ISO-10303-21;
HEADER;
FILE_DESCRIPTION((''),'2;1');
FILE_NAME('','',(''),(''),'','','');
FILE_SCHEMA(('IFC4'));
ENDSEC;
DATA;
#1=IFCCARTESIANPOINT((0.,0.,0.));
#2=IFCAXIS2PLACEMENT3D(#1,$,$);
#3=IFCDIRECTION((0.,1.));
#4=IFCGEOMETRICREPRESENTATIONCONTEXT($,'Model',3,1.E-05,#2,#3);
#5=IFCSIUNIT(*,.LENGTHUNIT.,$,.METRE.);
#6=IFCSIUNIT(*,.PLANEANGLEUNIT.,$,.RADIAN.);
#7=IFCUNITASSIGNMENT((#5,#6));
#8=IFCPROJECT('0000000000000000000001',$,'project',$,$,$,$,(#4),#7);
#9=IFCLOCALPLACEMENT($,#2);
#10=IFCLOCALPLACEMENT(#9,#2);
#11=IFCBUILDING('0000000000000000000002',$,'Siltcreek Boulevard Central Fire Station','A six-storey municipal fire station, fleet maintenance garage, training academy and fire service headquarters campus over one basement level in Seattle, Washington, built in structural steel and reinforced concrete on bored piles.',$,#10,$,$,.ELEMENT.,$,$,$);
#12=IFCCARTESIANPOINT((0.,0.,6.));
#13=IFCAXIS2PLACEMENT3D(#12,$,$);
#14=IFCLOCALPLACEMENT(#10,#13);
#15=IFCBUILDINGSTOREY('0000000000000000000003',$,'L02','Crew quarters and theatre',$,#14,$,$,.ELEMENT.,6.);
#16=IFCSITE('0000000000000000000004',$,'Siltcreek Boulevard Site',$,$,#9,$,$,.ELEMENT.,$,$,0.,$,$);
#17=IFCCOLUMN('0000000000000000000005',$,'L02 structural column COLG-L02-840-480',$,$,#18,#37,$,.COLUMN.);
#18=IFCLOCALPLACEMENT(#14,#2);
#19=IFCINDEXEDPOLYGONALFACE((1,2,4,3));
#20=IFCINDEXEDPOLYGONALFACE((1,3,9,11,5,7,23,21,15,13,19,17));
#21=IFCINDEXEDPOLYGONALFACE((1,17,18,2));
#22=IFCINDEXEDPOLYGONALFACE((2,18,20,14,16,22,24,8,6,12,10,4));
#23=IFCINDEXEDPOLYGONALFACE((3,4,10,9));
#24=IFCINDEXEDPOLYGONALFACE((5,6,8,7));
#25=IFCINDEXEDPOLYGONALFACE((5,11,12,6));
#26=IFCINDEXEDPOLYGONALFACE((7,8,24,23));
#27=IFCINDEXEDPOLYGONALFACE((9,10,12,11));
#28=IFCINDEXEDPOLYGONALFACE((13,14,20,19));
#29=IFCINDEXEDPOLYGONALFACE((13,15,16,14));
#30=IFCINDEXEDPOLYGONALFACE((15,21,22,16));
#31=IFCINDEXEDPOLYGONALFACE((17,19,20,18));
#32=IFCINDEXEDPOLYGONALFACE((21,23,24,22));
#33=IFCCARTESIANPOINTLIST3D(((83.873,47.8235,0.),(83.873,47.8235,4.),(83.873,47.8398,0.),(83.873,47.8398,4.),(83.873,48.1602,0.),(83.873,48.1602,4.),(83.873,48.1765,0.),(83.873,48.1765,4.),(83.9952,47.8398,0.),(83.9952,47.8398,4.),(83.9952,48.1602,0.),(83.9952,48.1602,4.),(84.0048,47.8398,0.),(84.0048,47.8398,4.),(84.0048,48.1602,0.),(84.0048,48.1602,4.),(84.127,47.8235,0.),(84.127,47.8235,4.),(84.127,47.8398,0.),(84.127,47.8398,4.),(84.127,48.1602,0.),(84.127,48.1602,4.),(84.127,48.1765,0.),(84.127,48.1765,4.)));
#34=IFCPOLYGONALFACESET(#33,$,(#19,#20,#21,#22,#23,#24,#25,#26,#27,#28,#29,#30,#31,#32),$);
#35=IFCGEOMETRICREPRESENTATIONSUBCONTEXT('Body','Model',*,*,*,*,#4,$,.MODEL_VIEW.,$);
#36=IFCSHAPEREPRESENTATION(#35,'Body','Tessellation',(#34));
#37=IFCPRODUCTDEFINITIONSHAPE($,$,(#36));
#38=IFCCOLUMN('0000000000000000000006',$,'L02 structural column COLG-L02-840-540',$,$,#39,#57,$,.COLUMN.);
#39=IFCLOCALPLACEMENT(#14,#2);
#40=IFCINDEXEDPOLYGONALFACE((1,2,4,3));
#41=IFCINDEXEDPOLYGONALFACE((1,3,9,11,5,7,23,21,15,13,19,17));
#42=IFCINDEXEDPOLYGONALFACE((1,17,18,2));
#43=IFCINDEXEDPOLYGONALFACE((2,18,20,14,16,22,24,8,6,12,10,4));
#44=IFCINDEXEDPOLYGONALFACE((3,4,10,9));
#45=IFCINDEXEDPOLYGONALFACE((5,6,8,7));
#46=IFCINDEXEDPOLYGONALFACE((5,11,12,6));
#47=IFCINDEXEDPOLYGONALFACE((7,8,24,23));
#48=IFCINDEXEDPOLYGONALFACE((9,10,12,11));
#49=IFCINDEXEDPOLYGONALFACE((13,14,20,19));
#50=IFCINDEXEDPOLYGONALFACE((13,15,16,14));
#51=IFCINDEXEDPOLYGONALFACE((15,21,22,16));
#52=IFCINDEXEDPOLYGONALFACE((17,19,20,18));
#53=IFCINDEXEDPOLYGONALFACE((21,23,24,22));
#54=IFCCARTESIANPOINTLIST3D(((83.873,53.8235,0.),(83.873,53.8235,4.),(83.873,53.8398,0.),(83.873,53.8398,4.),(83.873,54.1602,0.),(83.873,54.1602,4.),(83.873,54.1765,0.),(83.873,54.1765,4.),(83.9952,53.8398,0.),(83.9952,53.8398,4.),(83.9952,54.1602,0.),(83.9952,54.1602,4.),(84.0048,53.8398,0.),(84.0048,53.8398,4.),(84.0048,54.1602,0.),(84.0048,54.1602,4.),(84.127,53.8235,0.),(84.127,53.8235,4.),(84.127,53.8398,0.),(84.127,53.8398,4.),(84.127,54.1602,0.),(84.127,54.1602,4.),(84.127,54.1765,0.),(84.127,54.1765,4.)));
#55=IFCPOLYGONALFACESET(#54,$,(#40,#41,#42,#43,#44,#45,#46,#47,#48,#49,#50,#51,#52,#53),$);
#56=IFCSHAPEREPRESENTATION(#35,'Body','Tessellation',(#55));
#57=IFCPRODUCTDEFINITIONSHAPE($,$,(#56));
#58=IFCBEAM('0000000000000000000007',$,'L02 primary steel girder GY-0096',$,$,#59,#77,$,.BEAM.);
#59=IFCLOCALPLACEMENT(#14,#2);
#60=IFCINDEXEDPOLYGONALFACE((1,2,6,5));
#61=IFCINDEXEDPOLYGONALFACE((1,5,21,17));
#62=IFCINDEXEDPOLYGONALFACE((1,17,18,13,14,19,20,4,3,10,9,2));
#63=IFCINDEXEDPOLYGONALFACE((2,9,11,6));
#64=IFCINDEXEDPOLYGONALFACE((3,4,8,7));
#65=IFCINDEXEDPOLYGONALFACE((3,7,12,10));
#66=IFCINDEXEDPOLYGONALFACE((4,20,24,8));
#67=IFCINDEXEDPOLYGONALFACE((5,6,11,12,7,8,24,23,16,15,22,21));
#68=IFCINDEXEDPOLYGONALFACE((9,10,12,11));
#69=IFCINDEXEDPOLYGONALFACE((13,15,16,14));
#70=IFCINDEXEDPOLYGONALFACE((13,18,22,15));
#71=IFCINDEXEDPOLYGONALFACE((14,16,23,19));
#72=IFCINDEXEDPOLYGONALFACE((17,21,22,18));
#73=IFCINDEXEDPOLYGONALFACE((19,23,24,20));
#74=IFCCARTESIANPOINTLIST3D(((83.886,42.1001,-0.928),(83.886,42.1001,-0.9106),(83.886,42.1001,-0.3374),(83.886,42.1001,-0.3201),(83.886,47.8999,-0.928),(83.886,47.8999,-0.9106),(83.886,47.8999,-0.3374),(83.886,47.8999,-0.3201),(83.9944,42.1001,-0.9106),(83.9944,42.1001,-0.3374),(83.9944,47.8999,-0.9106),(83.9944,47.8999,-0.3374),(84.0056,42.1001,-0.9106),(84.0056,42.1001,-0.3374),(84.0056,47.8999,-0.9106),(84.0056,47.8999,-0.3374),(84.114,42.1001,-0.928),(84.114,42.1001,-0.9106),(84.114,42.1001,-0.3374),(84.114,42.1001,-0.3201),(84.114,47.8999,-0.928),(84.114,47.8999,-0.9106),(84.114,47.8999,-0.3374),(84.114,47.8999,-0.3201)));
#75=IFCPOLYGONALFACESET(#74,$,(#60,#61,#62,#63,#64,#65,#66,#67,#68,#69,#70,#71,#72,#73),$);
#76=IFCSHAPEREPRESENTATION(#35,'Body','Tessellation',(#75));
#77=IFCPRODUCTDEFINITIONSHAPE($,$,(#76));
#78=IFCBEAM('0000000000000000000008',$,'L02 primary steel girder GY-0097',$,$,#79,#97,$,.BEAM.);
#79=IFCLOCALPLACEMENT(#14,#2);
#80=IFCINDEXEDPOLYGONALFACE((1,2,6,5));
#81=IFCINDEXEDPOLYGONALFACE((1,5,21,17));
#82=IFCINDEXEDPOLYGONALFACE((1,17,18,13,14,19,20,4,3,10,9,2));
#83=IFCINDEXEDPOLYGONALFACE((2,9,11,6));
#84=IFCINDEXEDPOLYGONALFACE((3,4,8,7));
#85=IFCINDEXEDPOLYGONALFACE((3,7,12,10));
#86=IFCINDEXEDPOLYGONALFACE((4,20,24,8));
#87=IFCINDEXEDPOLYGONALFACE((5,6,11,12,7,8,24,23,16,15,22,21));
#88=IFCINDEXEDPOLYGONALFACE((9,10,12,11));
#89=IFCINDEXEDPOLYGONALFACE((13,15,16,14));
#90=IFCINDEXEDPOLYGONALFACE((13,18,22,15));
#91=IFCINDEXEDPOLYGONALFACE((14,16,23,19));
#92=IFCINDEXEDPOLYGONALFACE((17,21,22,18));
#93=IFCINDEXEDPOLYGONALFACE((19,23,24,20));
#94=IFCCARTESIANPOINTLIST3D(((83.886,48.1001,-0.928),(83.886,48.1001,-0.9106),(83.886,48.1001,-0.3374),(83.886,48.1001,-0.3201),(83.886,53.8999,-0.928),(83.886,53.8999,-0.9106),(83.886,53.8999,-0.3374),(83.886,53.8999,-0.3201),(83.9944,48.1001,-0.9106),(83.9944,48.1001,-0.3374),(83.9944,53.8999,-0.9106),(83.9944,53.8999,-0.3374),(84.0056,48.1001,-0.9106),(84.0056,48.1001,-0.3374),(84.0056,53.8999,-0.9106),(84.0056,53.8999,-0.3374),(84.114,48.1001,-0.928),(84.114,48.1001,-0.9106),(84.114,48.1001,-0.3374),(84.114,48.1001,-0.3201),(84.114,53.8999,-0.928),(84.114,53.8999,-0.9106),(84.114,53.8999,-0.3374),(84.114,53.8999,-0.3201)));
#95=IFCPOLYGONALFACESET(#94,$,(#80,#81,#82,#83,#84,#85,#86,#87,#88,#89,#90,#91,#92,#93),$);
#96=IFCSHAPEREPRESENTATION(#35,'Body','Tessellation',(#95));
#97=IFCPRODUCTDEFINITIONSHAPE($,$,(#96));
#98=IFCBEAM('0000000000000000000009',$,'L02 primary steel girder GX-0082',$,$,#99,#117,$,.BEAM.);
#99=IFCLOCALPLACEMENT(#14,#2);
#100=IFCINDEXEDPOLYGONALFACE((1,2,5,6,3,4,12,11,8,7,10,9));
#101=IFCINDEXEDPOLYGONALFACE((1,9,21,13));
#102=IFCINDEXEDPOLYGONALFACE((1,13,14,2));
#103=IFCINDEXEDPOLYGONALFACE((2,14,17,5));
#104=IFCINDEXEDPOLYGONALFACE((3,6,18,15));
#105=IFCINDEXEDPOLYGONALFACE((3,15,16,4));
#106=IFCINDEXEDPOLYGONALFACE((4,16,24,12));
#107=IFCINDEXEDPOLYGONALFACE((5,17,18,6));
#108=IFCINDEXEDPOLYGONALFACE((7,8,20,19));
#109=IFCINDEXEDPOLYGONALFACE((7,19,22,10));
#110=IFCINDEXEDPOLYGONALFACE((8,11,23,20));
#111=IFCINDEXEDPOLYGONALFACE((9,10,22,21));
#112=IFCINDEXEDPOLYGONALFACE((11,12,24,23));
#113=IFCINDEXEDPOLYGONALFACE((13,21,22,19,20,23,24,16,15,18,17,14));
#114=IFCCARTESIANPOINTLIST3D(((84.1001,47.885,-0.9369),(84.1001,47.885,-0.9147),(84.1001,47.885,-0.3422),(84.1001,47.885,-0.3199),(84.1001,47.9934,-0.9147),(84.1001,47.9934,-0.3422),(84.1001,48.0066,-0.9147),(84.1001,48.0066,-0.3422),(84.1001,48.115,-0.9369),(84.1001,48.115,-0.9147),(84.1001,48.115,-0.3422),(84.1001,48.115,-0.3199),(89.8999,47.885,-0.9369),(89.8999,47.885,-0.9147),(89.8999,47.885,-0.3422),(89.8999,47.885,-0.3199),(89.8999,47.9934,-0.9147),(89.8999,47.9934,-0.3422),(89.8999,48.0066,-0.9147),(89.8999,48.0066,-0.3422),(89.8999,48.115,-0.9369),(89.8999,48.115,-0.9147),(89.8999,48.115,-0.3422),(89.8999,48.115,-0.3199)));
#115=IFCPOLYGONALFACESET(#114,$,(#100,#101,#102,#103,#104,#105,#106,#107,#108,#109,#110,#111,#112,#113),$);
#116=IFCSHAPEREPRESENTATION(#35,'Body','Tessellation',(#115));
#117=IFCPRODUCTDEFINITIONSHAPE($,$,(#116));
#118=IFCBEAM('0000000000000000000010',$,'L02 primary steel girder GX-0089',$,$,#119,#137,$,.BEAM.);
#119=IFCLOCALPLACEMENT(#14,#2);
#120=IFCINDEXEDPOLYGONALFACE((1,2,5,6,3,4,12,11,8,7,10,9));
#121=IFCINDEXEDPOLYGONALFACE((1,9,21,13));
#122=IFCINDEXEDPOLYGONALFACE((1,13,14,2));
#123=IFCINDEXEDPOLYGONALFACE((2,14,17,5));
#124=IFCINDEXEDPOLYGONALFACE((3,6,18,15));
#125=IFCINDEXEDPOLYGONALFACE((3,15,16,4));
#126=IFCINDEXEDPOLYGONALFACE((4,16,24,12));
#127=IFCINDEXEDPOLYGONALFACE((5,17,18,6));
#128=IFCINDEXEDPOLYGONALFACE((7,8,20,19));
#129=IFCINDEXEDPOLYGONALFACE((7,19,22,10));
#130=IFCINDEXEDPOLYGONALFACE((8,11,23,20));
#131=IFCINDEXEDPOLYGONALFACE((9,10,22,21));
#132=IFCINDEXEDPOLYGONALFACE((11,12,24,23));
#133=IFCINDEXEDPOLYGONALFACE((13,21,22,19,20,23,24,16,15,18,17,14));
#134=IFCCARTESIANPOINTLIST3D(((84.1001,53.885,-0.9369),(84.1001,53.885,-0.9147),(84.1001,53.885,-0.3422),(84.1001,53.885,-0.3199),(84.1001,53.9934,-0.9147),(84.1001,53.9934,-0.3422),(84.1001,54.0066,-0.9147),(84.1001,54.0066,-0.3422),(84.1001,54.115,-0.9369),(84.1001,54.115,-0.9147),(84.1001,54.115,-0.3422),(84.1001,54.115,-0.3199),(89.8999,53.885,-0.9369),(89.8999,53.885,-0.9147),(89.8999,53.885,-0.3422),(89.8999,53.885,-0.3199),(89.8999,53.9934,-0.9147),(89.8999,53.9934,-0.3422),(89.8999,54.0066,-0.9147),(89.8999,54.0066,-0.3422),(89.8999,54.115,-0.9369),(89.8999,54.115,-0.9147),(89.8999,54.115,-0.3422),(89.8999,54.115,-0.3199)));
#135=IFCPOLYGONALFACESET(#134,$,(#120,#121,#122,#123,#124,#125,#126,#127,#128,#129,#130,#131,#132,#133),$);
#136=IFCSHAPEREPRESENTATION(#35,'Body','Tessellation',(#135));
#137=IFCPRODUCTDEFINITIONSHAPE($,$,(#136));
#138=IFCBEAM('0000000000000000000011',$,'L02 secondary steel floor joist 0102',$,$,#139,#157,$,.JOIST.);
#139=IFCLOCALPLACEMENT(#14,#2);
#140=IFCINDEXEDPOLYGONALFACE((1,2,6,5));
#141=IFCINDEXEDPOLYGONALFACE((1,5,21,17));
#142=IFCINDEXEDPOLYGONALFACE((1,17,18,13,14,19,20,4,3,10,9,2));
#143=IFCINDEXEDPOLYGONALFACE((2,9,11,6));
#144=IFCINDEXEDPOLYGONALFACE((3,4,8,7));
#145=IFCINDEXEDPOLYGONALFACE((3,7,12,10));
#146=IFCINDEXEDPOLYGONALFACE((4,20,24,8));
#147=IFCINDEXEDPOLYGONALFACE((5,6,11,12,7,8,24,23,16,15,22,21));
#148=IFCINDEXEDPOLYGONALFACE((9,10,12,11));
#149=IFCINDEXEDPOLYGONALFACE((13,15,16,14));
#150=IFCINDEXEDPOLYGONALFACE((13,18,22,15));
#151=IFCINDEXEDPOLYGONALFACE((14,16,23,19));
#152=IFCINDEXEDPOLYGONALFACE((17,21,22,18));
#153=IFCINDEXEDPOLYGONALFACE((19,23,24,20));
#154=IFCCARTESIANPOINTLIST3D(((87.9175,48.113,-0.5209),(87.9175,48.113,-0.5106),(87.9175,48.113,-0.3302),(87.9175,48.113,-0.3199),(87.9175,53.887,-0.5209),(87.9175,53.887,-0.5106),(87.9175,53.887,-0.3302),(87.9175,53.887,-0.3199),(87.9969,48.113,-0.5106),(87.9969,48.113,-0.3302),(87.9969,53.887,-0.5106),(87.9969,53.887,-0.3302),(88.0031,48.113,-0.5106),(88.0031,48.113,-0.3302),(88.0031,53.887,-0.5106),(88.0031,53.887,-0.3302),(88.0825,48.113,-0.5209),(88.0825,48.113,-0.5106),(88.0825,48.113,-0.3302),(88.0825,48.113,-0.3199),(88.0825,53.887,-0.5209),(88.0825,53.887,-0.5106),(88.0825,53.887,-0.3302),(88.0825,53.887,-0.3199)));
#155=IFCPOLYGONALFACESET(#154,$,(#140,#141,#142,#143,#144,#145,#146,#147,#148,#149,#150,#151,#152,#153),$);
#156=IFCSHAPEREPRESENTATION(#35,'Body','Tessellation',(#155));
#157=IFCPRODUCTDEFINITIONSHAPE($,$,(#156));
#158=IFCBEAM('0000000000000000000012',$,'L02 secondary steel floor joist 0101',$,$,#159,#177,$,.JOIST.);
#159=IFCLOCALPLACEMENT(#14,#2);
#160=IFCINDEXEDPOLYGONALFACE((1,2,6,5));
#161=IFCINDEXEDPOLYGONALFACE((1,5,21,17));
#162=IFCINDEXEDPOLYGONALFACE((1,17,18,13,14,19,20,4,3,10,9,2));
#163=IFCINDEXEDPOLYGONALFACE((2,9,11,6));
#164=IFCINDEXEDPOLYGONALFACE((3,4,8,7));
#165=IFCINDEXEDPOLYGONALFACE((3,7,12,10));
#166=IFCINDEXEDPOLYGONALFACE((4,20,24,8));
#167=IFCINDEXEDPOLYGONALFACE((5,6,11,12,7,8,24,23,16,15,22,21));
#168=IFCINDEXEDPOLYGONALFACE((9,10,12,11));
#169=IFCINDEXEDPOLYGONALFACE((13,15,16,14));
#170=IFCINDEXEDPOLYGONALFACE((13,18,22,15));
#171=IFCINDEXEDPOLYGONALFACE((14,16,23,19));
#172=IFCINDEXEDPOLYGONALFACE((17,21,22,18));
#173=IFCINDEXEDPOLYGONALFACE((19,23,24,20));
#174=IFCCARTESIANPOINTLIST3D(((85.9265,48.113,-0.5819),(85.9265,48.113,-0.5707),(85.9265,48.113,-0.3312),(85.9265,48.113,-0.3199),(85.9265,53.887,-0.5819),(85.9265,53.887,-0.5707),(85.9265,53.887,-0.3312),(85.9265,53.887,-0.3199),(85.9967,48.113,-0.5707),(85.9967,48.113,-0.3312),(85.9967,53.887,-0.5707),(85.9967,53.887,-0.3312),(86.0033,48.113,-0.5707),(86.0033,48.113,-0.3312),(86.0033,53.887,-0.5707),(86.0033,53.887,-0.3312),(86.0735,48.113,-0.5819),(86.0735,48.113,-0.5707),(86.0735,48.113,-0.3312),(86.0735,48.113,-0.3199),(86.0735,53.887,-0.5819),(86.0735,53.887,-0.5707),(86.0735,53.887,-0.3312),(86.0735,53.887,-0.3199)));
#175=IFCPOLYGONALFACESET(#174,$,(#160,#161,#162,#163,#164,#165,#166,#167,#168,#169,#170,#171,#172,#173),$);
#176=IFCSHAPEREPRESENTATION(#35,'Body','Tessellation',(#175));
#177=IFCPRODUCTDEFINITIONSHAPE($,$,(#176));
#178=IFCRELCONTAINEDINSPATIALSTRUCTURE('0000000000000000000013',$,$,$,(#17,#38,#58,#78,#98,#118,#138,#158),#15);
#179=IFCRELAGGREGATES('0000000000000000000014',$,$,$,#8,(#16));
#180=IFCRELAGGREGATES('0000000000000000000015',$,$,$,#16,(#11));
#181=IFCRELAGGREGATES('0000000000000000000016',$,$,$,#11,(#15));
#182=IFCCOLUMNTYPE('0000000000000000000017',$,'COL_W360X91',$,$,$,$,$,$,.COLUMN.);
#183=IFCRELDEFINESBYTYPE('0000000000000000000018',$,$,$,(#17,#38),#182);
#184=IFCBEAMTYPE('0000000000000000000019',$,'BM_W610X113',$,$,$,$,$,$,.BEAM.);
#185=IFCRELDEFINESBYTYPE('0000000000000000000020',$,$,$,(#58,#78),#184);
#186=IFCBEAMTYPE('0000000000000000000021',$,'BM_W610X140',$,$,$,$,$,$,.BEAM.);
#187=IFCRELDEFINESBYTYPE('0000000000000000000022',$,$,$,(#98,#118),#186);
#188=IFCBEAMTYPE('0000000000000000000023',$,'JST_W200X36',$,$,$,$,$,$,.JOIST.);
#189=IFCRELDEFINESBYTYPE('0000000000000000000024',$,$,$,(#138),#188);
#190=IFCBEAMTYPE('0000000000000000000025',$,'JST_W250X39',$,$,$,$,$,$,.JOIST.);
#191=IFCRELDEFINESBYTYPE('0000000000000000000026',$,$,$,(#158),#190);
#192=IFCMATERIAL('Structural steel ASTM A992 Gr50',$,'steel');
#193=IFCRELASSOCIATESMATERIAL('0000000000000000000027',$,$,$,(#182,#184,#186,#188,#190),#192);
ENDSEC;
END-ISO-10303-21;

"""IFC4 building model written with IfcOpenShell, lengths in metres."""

from ifc_helpers import new_model, si_unit, direction, frame, origin, origin_2d, place, context, subcontext, project, spatial, i_section, extrude, material, material_profile, profile_set, type_object, element, save


model = new_model("IFC4")

# Units and contexts
model_context = context("Model", 3, precision=1e-05, world=origin(), true_north=direction((0.0, 1.0)))
body_context = subcontext(model_context, "Body", "Model", "MODEL_VIEW")
ifc_project = project(units=[si_unit("LENGTHUNIT", "METRE"), si_unit("PLANEANGLEUNIT", "RADIAN")], contexts=[model_context])

# Site, building, storey
site_placement = place(None, origin())
site = spatial("IfcSite", under=ifc_project, at=site_placement, Name="Siltcreek Boulevard Site", CompositionType="ELEMENT", RefElevation=0.0)
building_placement = place(site_placement, origin())
building = spatial("IfcBuilding", under=site, at=building_placement, Name="Siltcreek Boulevard Central Fire Station", Description="A six-storey municipal fire station, fleet maintenance garage, training academy and fire service headquarters campus over one basement level in Seattle, Washington, built in structural steel and reinforced concrete on bored piles.", CompositionType="ELEMENT")
storey_placement = place(building_placement, frame((0.0, 0.0, 6.0)))
storey = spatial("IfcBuildingStorey", under=building, at=storey_placement, Name="L02", Description="Crew quarters and theatre", CompositionType="ELEMENT", Elevation=6.0)

# Columns
ifc_material_1 = material(Name="Structural steel ASTM A992 Gr50", Category="steel")
ifc_material_profile_1 = material_profile(ifc_material_1, i_section(OverallWidth=0.2539, OverallDepth=0.353, WebThickness=0.0095, FlangeThickness=0.0164, at=origin_2d()), Name="W360X91")
ifc_profile_set_1 = profile_set([ifc_material_profile_1], Name="Structural steel ASTM A992 Gr50")
column_type = type_object("IfcColumnType", Name="COL_W360X91", PredefinedType="COLUMN", material=ifc_profile_set_1)
for number, where, z_axis, x_axis, name in (
    (1, (84.0, 48.0, 0.0), (0.0, 0.0, 1.0), (1.0, 0.0, 0.0), "L02 structural column COLG-L02-840-480"),
    (2, (84.0, 54.0, 0.0), (0.0, 0.0, 1.0), (1.0, 0.0, 0.0), "L02 structural column COLG-L02-840-540"),
):
    element("IfcColumn", number, at=place(storey_placement, frame(where, z_axis=z_axis, x_axis=x_axis)), inside=storey, type_object=column_type, Name=name, PredefinedType="COLUMN", context=body_context, shape_type="SweptSolid", body=[
        extrude(i_section(OverallWidth=0.2539, OverallDepth=0.353, WebThickness=0.0095, FlangeThickness=0.0164, at=origin_2d()), origin(), (0.0, 0.0, 1.0), 4.0),
    ])

# Beams
ifc_material_profile_2 = material_profile(ifc_material_1, i_section(OverallWidth=0.228, OverallDepth=0.6079, WebThickness=0.0112, FlangeThickness=0.0173, at=origin_2d()), Name="W610X113")
ifc_profile_set_2 = profile_set([ifc_material_profile_2], Name="Structural steel ASTM A992 Gr50")
beam_type_1 = type_object("IfcBeamType", Name="BM_W610X113", PredefinedType="BEAM", material=ifc_profile_set_2)
for number, where, z_axis, x_axis, name in (
    (3, (84.0, 42.1001, -0.624), (0.0, 1.0, 0.0), (-1.0, 0.0, 0.0), "L02 primary steel girder GY-0096"),
    (4, (84.0, 48.1001, -0.624), (0.0, 1.0, 0.0), (-1.0, 0.0, 0.0), "L02 primary steel girder GY-0097"),
):
    element("IfcBeam", number, at=place(storey_placement, frame(where, z_axis=z_axis, x_axis=x_axis)), inside=storey, type_object=beam_type_1, Name=name, PredefinedType="BEAM", context=body_context, shape_type="SweptSolid", body=[
        extrude(i_section(OverallWidth=0.228, OverallDepth=0.6079, WebThickness=0.0112, FlangeThickness=0.0173, at=origin_2d()), origin(), (0.0, 0.0, 1.0), 5.7998),
    ])
ifc_material_profile_3 = material_profile(ifc_material_1, i_section(OverallWidth=0.23, OverallDepth=0.6169, WebThickness=0.0132, FlangeThickness=0.0222, at=origin_2d()), Name="W610X140")
ifc_profile_set_3 = profile_set([ifc_material_profile_3], Name="Structural steel ASTM A992 Gr50")
beam_type_2 = type_object("IfcBeamType", Name="BM_W610X140", PredefinedType="BEAM", material=ifc_profile_set_3)
for number, where, z_axis, x_axis, name in (
    (5, (84.1001, 48.0, -0.6284), (1.0, 0.0, 0.0), (0.0, 1.0, 0.0), "L02 primary steel girder GX-0082"),
    (6, (84.1001, 54.0, -0.6284), (1.0, 0.0, 0.0), (0.0, 1.0, 0.0), "L02 primary steel girder GX-0089"),
):
    element("IfcBeam", number, at=place(storey_placement, frame(where, z_axis=z_axis, x_axis=x_axis)), inside=storey, type_object=beam_type_2, Name=name, PredefinedType="BEAM", context=body_context, shape_type="SweptSolid", body=[
        extrude(i_section(OverallWidth=0.23, OverallDepth=0.6169, WebThickness=0.0132, FlangeThickness=0.0222, at=origin_2d()), origin(), (0.0, 0.0, 1.0), 5.7998),
    ])
ifc_material_profile_4 = material_profile(ifc_material_1, i_section(OverallWidth=0.165, OverallDepth=0.2009, WebThickness=0.0061, FlangeThickness=0.0103, at=origin_2d()), Name="W200X36")
ifc_profile_set_4 = profile_set([ifc_material_profile_4], Name="Structural steel ASTM A992 Gr50")
beam_type_3 = type_object("IfcBeamType", Name="JST_W200X36", PredefinedType="JOIST", material=ifc_profile_set_4)
beam_1_placement = place(storey_placement, frame((88.0, 48.113, -0.4204), z_axis=(0.0, 1.0, 0.0), x_axis=(-1.0, 0.0, 0.0)))
element("IfcBeam", 7, at=beam_1_placement, inside=storey, type_object=beam_type_3, Name="L02 secondary steel floor joist 0102", PredefinedType="JOIST", context=body_context, shape_type="SweptSolid", body=[
    extrude(i_section(OverallWidth=0.165, OverallDepth=0.2009, WebThickness=0.0061, FlangeThickness=0.0103, at=origin_2d()), origin(), (0.0, 0.0, 1.0), 5.7739),
])
ifc_material_profile_5 = material_profile(ifc_material_1, i_section(OverallWidth=0.147, OverallDepth=0.262, WebThickness=0.0066, FlangeThickness=0.0112, at=origin_2d()), Name="W250X39")
ifc_profile_set_5 = profile_set([ifc_material_profile_5], Name="Structural steel ASTM A992 Gr50")
beam_type_4 = type_object("IfcBeamType", Name="JST_W250X39", PredefinedType="JOIST", material=ifc_profile_set_5)
beam_2_placement = place(storey_placement, frame((86.0, 48.113, -0.4509), z_axis=(0.0, 1.0, 0.0), x_axis=(-1.0, 0.0, 0.0)))
element("IfcBeam", 8, at=beam_2_placement, inside=storey, type_object=beam_type_4, Name="L02 secondary steel floor joist 0101", PredefinedType="JOIST", context=body_context, shape_type="SweptSolid", body=[
    extrude(i_section(OverallWidth=0.147, OverallDepth=0.262, WebThickness=0.0066, FlangeThickness=0.0112, at=origin_2d()), origin(), (0.0, 0.0, 1.0), 5.7739),
])

save(model, "model.ifc")
